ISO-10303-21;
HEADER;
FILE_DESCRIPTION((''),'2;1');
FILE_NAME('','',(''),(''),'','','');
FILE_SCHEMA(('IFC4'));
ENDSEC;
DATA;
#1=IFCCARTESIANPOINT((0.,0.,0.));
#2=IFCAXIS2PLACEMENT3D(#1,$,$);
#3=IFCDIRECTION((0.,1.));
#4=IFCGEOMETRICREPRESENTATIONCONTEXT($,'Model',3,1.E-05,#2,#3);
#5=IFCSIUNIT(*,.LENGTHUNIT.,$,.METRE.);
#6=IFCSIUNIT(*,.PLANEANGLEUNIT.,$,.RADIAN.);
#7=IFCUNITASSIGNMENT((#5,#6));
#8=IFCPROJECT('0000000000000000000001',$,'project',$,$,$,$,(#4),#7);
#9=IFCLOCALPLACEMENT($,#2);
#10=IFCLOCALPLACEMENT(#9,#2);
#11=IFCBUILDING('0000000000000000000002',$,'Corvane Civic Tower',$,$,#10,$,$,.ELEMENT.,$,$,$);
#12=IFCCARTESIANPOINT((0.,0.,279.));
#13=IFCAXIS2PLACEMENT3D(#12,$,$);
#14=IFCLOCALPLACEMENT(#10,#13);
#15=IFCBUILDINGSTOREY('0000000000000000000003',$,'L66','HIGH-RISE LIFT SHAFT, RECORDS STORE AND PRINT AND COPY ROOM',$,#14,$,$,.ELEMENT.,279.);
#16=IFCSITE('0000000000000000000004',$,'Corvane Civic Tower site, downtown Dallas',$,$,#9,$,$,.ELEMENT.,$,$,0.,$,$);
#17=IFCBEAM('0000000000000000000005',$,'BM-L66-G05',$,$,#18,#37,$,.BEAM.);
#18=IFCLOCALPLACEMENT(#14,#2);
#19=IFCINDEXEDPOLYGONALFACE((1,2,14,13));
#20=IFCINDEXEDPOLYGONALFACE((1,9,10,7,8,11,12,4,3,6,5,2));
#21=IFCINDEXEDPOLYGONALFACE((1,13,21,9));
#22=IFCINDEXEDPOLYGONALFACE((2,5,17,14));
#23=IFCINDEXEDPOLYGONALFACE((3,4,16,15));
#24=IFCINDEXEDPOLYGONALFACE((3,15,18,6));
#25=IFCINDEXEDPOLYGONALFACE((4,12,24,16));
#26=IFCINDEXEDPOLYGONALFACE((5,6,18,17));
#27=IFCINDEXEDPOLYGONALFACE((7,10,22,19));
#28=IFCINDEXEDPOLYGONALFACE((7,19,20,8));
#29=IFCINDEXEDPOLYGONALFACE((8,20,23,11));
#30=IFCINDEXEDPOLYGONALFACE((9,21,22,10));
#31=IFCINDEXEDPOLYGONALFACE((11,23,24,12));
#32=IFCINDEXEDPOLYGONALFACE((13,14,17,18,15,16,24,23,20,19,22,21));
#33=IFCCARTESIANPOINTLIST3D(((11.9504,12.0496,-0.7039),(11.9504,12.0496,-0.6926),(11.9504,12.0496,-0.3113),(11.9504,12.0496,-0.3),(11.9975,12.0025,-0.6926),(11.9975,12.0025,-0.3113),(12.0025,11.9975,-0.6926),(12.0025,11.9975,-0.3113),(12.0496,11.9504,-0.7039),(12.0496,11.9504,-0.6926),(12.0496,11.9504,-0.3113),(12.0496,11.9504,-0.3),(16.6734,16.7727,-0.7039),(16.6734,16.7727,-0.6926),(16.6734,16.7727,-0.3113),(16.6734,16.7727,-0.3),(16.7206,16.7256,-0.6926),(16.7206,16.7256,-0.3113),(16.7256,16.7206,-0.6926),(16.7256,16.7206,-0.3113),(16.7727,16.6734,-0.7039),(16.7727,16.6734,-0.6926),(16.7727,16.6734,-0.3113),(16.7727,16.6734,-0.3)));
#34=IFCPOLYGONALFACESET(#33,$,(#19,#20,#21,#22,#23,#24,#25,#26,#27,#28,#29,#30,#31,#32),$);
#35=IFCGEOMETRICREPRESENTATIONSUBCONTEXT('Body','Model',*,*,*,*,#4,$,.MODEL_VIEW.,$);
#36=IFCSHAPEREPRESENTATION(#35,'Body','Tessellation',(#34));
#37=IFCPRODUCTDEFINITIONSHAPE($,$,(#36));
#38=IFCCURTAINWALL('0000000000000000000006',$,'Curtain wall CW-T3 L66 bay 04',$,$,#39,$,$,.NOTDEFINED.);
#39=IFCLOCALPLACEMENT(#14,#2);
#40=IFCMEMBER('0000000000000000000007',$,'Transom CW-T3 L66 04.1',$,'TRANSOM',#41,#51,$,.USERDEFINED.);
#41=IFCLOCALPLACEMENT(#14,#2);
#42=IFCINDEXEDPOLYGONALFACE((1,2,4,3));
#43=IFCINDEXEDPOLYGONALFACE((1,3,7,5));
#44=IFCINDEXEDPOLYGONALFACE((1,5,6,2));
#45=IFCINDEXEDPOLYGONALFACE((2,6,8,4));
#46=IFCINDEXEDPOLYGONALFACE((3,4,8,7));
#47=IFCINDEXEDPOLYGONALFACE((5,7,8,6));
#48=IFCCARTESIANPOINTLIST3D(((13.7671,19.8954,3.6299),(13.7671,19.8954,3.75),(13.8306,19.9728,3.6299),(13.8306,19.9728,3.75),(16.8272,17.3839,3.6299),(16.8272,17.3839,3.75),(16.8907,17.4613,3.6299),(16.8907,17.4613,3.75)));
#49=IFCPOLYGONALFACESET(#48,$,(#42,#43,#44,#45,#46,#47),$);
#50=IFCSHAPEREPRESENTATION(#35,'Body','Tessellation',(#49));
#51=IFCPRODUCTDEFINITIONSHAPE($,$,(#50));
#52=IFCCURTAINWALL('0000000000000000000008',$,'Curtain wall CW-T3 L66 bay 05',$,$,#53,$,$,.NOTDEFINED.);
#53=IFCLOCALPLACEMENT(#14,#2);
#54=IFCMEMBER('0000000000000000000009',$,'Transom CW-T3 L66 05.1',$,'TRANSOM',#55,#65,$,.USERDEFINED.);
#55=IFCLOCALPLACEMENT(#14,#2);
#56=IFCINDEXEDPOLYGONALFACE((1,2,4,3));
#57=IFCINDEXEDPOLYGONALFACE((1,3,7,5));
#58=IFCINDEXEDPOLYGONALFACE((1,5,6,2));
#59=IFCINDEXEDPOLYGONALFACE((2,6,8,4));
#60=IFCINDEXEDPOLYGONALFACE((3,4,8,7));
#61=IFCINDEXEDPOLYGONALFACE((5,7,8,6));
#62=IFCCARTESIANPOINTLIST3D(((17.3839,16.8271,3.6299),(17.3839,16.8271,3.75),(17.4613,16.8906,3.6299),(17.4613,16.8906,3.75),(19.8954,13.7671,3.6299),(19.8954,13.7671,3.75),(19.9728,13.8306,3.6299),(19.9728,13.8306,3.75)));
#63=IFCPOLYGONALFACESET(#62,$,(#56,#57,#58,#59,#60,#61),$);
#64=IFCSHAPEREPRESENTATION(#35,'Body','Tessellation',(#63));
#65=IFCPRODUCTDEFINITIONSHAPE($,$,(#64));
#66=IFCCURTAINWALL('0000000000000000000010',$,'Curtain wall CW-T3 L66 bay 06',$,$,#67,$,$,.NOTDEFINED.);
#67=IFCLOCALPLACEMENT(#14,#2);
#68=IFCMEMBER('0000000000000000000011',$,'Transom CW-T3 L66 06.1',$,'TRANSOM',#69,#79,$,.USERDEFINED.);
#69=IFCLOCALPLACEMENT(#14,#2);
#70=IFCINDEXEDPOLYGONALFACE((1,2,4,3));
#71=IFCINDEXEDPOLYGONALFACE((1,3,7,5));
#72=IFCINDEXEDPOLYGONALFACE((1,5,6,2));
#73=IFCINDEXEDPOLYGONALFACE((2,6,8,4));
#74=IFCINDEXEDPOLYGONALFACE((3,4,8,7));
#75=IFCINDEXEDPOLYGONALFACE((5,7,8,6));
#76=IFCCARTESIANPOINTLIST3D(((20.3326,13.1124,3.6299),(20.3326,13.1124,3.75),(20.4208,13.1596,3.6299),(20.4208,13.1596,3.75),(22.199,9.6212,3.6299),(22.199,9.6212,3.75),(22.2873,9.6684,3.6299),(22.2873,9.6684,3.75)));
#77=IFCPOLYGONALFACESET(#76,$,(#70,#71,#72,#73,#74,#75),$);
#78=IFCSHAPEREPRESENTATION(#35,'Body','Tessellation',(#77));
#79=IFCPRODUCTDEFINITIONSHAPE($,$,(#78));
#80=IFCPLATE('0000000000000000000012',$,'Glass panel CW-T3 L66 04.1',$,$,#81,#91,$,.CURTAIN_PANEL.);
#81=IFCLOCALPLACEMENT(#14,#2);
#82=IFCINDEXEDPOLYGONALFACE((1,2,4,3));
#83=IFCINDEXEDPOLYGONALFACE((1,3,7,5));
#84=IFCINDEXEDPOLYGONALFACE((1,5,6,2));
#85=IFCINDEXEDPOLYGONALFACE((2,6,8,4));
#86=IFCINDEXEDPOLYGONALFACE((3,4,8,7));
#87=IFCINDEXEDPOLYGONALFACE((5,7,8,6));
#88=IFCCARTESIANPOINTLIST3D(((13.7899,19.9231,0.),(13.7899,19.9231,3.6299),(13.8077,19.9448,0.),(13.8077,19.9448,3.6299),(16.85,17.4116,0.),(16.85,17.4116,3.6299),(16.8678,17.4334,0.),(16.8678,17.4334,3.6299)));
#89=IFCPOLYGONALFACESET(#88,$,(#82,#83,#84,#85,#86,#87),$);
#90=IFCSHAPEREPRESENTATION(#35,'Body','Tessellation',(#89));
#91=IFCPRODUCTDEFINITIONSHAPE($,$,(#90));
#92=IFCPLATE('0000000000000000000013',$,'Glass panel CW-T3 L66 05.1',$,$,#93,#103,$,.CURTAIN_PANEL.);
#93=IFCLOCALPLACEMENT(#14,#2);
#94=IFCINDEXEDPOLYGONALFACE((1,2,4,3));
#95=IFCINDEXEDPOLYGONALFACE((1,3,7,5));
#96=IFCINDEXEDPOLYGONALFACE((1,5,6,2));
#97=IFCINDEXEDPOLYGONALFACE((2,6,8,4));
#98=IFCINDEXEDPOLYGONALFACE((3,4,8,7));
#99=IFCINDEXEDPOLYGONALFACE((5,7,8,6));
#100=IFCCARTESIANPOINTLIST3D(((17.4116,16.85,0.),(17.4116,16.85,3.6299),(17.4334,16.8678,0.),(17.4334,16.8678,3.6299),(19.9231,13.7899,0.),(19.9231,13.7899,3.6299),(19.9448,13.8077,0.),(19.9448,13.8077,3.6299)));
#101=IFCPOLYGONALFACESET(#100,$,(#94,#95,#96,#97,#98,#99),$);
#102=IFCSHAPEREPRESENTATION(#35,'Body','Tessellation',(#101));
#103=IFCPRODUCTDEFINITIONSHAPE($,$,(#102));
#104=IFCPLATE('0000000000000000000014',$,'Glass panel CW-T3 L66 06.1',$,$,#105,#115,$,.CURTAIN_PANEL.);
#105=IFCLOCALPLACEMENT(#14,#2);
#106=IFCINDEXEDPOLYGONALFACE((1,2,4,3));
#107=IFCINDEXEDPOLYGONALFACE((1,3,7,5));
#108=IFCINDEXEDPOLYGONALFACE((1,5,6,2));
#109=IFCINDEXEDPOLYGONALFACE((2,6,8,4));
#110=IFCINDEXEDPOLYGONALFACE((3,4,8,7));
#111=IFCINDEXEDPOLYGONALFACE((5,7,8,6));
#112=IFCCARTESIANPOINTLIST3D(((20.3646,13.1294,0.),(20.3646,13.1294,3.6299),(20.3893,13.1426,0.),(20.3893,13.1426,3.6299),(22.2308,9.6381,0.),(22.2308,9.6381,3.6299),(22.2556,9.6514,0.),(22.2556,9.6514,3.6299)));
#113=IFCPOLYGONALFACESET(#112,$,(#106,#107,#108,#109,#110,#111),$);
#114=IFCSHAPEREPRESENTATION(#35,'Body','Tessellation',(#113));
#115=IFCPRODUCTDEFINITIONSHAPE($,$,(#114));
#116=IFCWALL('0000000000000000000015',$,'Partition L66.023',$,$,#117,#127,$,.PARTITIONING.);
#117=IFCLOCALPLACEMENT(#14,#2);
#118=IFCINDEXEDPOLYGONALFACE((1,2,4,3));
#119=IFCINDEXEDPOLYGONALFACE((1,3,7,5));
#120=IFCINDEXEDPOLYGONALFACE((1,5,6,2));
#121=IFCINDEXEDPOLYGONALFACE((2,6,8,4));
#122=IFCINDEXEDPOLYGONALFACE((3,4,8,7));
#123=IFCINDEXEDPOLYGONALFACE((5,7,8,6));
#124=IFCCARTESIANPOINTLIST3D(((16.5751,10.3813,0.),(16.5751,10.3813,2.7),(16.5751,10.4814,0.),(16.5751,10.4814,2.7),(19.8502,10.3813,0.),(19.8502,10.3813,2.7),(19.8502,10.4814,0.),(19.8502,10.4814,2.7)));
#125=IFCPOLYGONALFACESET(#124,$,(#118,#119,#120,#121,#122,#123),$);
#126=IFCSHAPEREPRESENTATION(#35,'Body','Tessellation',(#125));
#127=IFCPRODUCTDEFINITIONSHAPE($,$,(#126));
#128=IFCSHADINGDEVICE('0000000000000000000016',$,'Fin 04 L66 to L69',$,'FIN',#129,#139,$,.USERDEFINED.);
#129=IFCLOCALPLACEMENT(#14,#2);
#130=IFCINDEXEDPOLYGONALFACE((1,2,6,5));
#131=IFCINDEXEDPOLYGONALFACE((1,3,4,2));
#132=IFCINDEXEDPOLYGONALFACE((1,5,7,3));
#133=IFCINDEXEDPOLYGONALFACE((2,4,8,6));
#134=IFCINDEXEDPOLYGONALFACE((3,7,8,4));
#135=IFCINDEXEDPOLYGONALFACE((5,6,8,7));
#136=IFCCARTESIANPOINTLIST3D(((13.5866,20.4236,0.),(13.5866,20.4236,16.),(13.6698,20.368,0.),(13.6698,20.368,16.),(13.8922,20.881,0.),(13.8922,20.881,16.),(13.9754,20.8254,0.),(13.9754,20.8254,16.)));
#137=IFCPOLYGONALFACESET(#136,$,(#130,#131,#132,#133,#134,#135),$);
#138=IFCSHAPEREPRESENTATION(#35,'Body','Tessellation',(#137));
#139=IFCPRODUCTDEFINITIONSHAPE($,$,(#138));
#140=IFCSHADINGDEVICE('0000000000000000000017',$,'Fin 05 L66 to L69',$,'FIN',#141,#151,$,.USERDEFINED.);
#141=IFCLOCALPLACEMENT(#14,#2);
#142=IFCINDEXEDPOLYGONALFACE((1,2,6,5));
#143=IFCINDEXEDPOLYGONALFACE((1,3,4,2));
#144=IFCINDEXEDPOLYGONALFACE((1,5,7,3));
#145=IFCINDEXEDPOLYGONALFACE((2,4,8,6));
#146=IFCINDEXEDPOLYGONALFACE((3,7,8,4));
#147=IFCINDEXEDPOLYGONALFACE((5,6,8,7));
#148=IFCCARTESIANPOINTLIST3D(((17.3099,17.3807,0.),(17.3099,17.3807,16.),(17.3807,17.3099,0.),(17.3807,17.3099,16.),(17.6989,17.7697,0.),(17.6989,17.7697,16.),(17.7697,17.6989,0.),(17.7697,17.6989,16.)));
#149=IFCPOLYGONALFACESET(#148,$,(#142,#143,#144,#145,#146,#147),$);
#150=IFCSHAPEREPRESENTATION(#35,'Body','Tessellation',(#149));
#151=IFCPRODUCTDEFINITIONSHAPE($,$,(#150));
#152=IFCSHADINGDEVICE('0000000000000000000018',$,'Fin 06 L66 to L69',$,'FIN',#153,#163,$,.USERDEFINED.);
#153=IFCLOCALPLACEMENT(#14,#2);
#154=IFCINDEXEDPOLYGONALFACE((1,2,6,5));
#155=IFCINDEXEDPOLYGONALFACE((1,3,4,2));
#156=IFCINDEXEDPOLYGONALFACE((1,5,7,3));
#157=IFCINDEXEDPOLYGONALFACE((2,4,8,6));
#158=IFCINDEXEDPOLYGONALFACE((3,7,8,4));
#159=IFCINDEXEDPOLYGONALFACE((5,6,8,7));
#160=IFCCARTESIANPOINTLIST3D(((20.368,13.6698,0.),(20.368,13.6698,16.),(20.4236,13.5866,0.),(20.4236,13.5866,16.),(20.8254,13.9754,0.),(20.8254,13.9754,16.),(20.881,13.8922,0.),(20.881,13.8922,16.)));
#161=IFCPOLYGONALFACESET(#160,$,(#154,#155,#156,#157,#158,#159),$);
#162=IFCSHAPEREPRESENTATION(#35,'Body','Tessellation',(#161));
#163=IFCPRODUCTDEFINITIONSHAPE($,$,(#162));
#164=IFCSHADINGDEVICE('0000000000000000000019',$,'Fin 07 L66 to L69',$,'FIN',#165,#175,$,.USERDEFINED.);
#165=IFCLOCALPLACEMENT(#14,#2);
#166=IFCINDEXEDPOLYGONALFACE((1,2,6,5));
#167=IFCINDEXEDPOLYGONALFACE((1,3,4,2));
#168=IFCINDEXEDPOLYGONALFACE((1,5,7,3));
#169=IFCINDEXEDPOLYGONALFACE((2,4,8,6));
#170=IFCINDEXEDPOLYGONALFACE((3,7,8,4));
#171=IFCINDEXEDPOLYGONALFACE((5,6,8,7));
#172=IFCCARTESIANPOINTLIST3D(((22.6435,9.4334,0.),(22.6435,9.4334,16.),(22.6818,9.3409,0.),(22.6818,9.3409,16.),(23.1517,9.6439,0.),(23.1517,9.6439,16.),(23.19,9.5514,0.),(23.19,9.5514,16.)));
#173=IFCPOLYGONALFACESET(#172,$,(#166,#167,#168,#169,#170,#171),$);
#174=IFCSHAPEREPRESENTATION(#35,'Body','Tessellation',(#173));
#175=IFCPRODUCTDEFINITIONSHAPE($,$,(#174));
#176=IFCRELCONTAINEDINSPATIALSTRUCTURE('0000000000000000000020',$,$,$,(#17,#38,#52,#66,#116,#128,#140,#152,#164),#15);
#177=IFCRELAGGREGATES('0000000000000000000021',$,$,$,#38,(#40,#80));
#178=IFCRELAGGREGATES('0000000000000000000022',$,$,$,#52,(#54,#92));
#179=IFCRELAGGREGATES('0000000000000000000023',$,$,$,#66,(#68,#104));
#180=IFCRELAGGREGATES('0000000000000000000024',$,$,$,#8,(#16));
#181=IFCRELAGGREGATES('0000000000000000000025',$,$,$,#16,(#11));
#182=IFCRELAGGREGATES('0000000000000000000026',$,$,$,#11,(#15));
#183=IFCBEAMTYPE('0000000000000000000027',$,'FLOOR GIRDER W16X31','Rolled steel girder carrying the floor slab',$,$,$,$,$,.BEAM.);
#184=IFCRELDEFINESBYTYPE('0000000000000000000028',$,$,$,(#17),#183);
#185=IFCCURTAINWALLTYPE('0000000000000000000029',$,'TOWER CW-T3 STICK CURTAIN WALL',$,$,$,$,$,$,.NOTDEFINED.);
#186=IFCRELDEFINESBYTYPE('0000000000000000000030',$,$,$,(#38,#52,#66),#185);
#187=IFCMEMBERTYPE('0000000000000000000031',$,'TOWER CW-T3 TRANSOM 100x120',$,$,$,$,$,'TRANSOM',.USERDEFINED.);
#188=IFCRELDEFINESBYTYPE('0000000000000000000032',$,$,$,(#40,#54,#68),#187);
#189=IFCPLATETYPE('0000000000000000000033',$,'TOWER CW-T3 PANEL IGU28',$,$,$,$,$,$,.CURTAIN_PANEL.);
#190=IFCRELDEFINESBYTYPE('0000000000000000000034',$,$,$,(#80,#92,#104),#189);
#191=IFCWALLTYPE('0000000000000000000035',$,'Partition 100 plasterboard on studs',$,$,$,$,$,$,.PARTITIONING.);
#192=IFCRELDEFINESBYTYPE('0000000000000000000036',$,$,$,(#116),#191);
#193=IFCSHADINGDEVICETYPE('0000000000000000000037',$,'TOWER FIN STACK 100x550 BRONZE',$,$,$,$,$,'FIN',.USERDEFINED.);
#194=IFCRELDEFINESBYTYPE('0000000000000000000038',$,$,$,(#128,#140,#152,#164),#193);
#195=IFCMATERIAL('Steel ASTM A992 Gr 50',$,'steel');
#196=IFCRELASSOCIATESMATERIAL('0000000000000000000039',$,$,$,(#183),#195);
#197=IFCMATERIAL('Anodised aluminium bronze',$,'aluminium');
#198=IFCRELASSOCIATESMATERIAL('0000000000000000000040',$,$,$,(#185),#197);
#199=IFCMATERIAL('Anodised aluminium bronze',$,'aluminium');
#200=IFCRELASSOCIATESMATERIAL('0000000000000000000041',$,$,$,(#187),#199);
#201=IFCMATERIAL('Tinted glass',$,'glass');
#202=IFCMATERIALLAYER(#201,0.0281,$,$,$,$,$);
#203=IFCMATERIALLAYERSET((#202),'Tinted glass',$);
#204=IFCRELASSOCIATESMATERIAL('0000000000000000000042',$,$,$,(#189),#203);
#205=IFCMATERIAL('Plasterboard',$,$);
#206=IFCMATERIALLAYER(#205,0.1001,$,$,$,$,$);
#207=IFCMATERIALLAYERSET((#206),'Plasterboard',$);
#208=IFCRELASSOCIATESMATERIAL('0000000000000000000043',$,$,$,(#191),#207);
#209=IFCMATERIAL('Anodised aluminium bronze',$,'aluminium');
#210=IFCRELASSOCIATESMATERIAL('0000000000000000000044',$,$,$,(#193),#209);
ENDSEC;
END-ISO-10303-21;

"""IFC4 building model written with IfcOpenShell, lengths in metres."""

from ifc_helpers import new_model, si_unit, direction, frame, frame_2d, origin, origin_2d, place, context, subcontext, project, spatial, rectangle, i_section, extrude, material, layer, layer_set, material_profile, profile_set, type_object, element, aggregate, save


model = new_model("IFC4")

# Units and contexts
model_context = context("Model", 3, precision=1e-05, world=origin(), true_north=direction((0.0, 1.0)))
body_context = subcontext(model_context, "Body", "Model", "MODEL_VIEW")
ifc_project = project(units=[si_unit("LENGTHUNIT", "METRE"), si_unit("PLANEANGLEUNIT", "RADIAN")], contexts=[model_context])

# Site, building, storey
site_placement = place(None, origin())
site = spatial("IfcSite", under=ifc_project, at=site_placement, Name="Corvane Civic Tower site, downtown Dallas", CompositionType="ELEMENT", RefElevation=0.0)
building_placement = place(site_placement, origin())
building = spatial("IfcBuilding", under=site, at=building_placement, Name="Corvane Civic Tower", CompositionType="ELEMENT")
storey_placement = place(building_placement, frame((0.0, 0.0, 279.0)))
storey = spatial("IfcBuildingStorey", under=building, at=storey_placement, Name="L66", Description="HIGH-RISE LIFT SHAFT, RECORDS STORE AND PRINT AND COPY ROOM", CompositionType="ELEMENT", Elevation=279.0)

# Beam
ifc_material_1 = material(Name="Steel ASTM A992 Gr 50", Category="steel")
ifc_material_profile_1 = material_profile(ifc_material_1, i_section(OverallWidth=0.1404, OverallDepth=0.4038, WebThickness=0.0071, FlangeThickness=0.0112, at=origin_2d()), Name="W16X31")
ifc_profile_set_1 = profile_set([ifc_material_profile_1], Name="Steel ASTM A992 Gr 50")
beam_type_1 = type_object("IfcBeamType", Name="FLOOR GIRDER W16X31", Description="Rolled steel girder carrying the floor slab", PredefinedType="BEAM", material=ifc_profile_set_1)
beam_1_placement = place(storey_placement, frame((12.0, 12.0, -0.502), z_axis=(0.707107, 0.707107, 0.0), x_axis=(-0.707107, 0.707107, 0.0)))
element("IfcBeam", 1, at=beam_1_placement, inside=storey, type_object=beam_type_1, Name="BM-L66-G05", PredefinedType="BEAM", context=body_context, shape_type="SweptSolid", body=[
    extrude(i_section(OverallWidth=0.1404, OverallDepth=0.4038, WebThickness=0.0071, FlangeThickness=0.0112, at=origin_2d()), origin(), (0.0, 0.0, 1.0), 6.6794),
])

# Curtain walls, members
ifc_material_2 = material(Name="Anodised aluminium bronze", Category="aluminium")
curtain_wall_type = type_object("IfcCurtainWallType", Name="TOWER CW-T3 STICK CURTAIN WALL", PredefinedType="NOTDEFINED", material=ifc_material_2)
curtain_wall_1_placement = place(storey_placement, origin())
curtain_wall_1 = element("IfcCurtainWall", 2, at=curtain_wall_1_placement, inside=storey, type_object=curtain_wall_type, Name="Curtain wall CW-T3 L66 bay 04", PredefinedType="NOTDEFINED")
ifc_material_3 = material(Name="Anodised aluminium bronze", Category="aluminium")
ifc_material_profile_2 = material_profile(ifc_material_3, rectangle(XDim=0.1001, YDim=0.1201, at=origin_2d()), Name="TOWER CW-T3 TRANSOM 100x120")
ifc_profile_set_2 = profile_set([ifc_material_profile_2], Name="Anodised aluminium bronze")
member_type = type_object("IfcMemberType", Name="TOWER CW-T3 TRANSOM 100x120", ElementType="TRANSOM", PredefinedType="USERDEFINED", material=ifc_profile_set_2)
member_1_placement = place(storey_placement, frame((13.7988, 19.9341, 3.6899), z_axis=(0.772992, -0.634416, 0.0), x_axis=(0.634416, 0.772992, 0.0)))
member_1 = element("IfcMember", 3, at=member_1_placement, type_object=member_type, Name="Transom CW-T3 L66 04.1", ObjectType="TRANSOM", PredefinedType="USERDEFINED", context=body_context, shape_type="SweptSolid", body=[
    extrude(rectangle(XDim=0.1001, YDim=0.1201, at=origin_2d()), origin(), (0.0, 0.0, 1.0), 3.9587),
])
curtain_wall_2_placement = place(storey_placement, origin())
curtain_wall_2 = element("IfcCurtainWall", 4, at=curtain_wall_2_placement, inside=storey, type_object=curtain_wall_type, Name="Curtain wall CW-T3 L66 bay 05", PredefinedType="NOTDEFINED")
member_2_placement = place(storey_placement, frame((17.4226, 16.8589, 3.6899), z_axis=(0.634416, -0.772992, 0.0), x_axis=(0.772992, 0.634416, 0.0)))
member_2 = element("IfcMember", 5, at=member_2_placement, type_object=member_type, Name="Transom CW-T3 L66 05.1", ObjectType="TRANSOM", PredefinedType="USERDEFINED", context=body_context, shape_type="SweptSolid", body=[
    extrude(rectangle(XDim=0.1001, YDim=0.1201, at=origin_2d()), origin(), (0.0, 0.0, 1.0), 3.9587),
])
curtain_wall_3_placement = place(storey_placement, origin())
curtain_wall_3 = element("IfcCurtainWall", 6, at=curtain_wall_3_placement, inside=storey, type_object=curtain_wall_type, Name="Curtain wall CW-T3 L66 bay 06", PredefinedType="NOTDEFINED")
member_3_placement = place(storey_placement, frame((20.3767, 13.136, 3.6899), z_axis=(0.471468, -0.881883, 0.0), x_axis=(0.881883, 0.471468, 0.0)))
member_3 = element("IfcMember", 7, at=member_3_placement, type_object=member_type, Name="Transom CW-T3 L66 06.1", ObjectType="TRANSOM", PredefinedType="USERDEFINED", context=body_context, shape_type="SweptSolid", body=[
    extrude(rectangle(XDim=0.1001, YDim=0.1201, at=origin_2d()), origin(), (0.0, 0.0, 1.0), 3.9587),
])

# Plates
ifc_material_4 = material(Name="Tinted glass", Category="glass")
ifc_layer_1 = layer(ifc_material_4, 0.0281)
ifc_layer_set_1 = layer_set([ifc_layer_1], Name="Tinted glass")
plate_type = type_object("IfcPlateType", Name="TOWER CW-T3 PANEL IGU28", PredefinedType="CURTAIN_PANEL", material=ifc_layer_set_1)
plate_1_placement = place(storey_placement, frame((15.3289, 18.6782, 0.0), z_axis=(0.0, 0.0, 1.0), x_axis=(0.773001, -0.634405, 0.0)))
plate_1 = element("IfcPlate", 8, at=plate_1_placement, type_object=plate_type, Name="Glass panel CW-T3 L66 04.1", PredefinedType="CURTAIN_PANEL", context=body_context, shape_type="SweptSolid", body=[
    extrude(rectangle(XDim=3.9587, YDim=0.0281, at=origin_2d()), origin(), (0.0, 0.0, 1.0), 3.6299),
])
aggregate(curtain_wall_1, [member_1, plate_1])
plate_2_placement = place(storey_placement, frame((18.6782, 15.3289, 0.0), z_axis=(0.0, 0.0, 1.0), x_axis=(0.634405, -0.773001, 0.0)))
plate_2 = element("IfcPlate", 9, at=plate_2_placement, type_object=plate_type, Name="Glass panel CW-T3 L66 05.1", PredefinedType="CURTAIN_PANEL", context=body_context, shape_type="SweptSolid", body=[
    extrude(rectangle(XDim=3.9587, YDim=0.0281, at=origin_2d()), origin(), (0.0, 0.0, 1.0), 3.6299),
])
aggregate(curtain_wall_2, [member_2, plate_2])
plate_3_placement = place(storey_placement, frame((21.3101, 11.3904, 0.0), z_axis=(0.0, 0.0, 1.0), x_axis=(0.471421, -0.881908, 0.0)))
plate_3 = element("IfcPlate", 10, at=plate_3_placement, type_object=plate_type, Name="Glass panel CW-T3 L66 06.1", PredefinedType="CURTAIN_PANEL", context=body_context, shape_type="SweptSolid", body=[
    extrude(rectangle(XDim=3.9587, YDim=0.0281, at=origin_2d()), origin(), (0.0, 0.0, 1.0), 3.6299),
])
aggregate(curtain_wall_3, [member_3, plate_3])

# Wall
ifc_material_5 = material(Name="Plasterboard")
ifc_layer_2 = layer(ifc_material_5, 0.1001)
ifc_layer_set_2 = layer_set([ifc_layer_2], Name="Plasterboard")
wall_type = type_object("IfcWallType", Name="Partition 100 plasterboard on studs", PredefinedType="PARTITIONING", material=ifc_layer_set_2)
wall_placement = place(storey_placement, frame((16.575, 10.4314, 0.0), z_axis=(0.0, 0.0, 1.0), x_axis=(1.0, 0.0, 0.0)))
element("IfcWall", 11, at=wall_placement, inside=storey, type_object=wall_type, Name="Partition L66.023", PredefinedType="PARTITIONING", context=body_context, shape_type="SweptSolid", body=[
    extrude(rectangle(XDim=3.2751, YDim=0.1001, at=frame_2d((1.6377, 0.0))), origin(), (0.0, 0.0, 1.0), 2.7),
])

# Shading devices
ifc_material_6 = material(Name="Anodised aluminium bronze", Category="aluminium")
ifc_material_profile_3 = material_profile(ifc_material_6, rectangle(XDim=0.1001, YDim=0.55, at=origin_2d()), Name="TOWER FIN STACK 100x550 BRONZE")
ifc_profile_set_3 = profile_set([ifc_material_profile_3], Name="Anodised aluminium bronze")
shading_device_type = type_object("IfcShadingDeviceType", Name="TOWER FIN STACK 100x550 BRONZE", ElementType="FIN", PredefinedType="USERDEFINED", material=ifc_profile_set_3)
for number, where, z_axis, x_axis, name in (
    (12, (13.781, 20.6245, 0.0), (0.0, 0.0, 1.0), (0.83147, -0.55557, 0.0), "Fin 04 L66 to L69"),
    (13, (17.5398, 17.5398, 0.0), (0.0, 0.0, 1.0), (0.707107, -0.707107, 0.0), "Fin 05 L66 to L69"),
    (14, (20.6245, 13.781, 0.0), (0.0, 0.0, 1.0), (0.55557, -0.83147, 0.0), "Fin 06 L66 to L69"),
    (15, (22.9167, 9.4924, 0.0), (0.0, 0.0, 1.0), (0.382683, -0.92388, 0.0), "Fin 07 L66 to L69"),
):
    element("IfcShadingDevice", number, at=place(storey_placement, frame(where, z_axis=z_axis, x_axis=x_axis)), inside=storey, type_object=shading_device_type, Name=name, ObjectType="FIN", PredefinedType="USERDEFINED", context=body_context, shape_type="SweptSolid", body=[
        extrude(rectangle(XDim=0.1001, YDim=0.55, at=origin_2d()), origin(), (0.0, 0.0, 1.0), 16.0),
    ])

save(model, "model.ifc")
